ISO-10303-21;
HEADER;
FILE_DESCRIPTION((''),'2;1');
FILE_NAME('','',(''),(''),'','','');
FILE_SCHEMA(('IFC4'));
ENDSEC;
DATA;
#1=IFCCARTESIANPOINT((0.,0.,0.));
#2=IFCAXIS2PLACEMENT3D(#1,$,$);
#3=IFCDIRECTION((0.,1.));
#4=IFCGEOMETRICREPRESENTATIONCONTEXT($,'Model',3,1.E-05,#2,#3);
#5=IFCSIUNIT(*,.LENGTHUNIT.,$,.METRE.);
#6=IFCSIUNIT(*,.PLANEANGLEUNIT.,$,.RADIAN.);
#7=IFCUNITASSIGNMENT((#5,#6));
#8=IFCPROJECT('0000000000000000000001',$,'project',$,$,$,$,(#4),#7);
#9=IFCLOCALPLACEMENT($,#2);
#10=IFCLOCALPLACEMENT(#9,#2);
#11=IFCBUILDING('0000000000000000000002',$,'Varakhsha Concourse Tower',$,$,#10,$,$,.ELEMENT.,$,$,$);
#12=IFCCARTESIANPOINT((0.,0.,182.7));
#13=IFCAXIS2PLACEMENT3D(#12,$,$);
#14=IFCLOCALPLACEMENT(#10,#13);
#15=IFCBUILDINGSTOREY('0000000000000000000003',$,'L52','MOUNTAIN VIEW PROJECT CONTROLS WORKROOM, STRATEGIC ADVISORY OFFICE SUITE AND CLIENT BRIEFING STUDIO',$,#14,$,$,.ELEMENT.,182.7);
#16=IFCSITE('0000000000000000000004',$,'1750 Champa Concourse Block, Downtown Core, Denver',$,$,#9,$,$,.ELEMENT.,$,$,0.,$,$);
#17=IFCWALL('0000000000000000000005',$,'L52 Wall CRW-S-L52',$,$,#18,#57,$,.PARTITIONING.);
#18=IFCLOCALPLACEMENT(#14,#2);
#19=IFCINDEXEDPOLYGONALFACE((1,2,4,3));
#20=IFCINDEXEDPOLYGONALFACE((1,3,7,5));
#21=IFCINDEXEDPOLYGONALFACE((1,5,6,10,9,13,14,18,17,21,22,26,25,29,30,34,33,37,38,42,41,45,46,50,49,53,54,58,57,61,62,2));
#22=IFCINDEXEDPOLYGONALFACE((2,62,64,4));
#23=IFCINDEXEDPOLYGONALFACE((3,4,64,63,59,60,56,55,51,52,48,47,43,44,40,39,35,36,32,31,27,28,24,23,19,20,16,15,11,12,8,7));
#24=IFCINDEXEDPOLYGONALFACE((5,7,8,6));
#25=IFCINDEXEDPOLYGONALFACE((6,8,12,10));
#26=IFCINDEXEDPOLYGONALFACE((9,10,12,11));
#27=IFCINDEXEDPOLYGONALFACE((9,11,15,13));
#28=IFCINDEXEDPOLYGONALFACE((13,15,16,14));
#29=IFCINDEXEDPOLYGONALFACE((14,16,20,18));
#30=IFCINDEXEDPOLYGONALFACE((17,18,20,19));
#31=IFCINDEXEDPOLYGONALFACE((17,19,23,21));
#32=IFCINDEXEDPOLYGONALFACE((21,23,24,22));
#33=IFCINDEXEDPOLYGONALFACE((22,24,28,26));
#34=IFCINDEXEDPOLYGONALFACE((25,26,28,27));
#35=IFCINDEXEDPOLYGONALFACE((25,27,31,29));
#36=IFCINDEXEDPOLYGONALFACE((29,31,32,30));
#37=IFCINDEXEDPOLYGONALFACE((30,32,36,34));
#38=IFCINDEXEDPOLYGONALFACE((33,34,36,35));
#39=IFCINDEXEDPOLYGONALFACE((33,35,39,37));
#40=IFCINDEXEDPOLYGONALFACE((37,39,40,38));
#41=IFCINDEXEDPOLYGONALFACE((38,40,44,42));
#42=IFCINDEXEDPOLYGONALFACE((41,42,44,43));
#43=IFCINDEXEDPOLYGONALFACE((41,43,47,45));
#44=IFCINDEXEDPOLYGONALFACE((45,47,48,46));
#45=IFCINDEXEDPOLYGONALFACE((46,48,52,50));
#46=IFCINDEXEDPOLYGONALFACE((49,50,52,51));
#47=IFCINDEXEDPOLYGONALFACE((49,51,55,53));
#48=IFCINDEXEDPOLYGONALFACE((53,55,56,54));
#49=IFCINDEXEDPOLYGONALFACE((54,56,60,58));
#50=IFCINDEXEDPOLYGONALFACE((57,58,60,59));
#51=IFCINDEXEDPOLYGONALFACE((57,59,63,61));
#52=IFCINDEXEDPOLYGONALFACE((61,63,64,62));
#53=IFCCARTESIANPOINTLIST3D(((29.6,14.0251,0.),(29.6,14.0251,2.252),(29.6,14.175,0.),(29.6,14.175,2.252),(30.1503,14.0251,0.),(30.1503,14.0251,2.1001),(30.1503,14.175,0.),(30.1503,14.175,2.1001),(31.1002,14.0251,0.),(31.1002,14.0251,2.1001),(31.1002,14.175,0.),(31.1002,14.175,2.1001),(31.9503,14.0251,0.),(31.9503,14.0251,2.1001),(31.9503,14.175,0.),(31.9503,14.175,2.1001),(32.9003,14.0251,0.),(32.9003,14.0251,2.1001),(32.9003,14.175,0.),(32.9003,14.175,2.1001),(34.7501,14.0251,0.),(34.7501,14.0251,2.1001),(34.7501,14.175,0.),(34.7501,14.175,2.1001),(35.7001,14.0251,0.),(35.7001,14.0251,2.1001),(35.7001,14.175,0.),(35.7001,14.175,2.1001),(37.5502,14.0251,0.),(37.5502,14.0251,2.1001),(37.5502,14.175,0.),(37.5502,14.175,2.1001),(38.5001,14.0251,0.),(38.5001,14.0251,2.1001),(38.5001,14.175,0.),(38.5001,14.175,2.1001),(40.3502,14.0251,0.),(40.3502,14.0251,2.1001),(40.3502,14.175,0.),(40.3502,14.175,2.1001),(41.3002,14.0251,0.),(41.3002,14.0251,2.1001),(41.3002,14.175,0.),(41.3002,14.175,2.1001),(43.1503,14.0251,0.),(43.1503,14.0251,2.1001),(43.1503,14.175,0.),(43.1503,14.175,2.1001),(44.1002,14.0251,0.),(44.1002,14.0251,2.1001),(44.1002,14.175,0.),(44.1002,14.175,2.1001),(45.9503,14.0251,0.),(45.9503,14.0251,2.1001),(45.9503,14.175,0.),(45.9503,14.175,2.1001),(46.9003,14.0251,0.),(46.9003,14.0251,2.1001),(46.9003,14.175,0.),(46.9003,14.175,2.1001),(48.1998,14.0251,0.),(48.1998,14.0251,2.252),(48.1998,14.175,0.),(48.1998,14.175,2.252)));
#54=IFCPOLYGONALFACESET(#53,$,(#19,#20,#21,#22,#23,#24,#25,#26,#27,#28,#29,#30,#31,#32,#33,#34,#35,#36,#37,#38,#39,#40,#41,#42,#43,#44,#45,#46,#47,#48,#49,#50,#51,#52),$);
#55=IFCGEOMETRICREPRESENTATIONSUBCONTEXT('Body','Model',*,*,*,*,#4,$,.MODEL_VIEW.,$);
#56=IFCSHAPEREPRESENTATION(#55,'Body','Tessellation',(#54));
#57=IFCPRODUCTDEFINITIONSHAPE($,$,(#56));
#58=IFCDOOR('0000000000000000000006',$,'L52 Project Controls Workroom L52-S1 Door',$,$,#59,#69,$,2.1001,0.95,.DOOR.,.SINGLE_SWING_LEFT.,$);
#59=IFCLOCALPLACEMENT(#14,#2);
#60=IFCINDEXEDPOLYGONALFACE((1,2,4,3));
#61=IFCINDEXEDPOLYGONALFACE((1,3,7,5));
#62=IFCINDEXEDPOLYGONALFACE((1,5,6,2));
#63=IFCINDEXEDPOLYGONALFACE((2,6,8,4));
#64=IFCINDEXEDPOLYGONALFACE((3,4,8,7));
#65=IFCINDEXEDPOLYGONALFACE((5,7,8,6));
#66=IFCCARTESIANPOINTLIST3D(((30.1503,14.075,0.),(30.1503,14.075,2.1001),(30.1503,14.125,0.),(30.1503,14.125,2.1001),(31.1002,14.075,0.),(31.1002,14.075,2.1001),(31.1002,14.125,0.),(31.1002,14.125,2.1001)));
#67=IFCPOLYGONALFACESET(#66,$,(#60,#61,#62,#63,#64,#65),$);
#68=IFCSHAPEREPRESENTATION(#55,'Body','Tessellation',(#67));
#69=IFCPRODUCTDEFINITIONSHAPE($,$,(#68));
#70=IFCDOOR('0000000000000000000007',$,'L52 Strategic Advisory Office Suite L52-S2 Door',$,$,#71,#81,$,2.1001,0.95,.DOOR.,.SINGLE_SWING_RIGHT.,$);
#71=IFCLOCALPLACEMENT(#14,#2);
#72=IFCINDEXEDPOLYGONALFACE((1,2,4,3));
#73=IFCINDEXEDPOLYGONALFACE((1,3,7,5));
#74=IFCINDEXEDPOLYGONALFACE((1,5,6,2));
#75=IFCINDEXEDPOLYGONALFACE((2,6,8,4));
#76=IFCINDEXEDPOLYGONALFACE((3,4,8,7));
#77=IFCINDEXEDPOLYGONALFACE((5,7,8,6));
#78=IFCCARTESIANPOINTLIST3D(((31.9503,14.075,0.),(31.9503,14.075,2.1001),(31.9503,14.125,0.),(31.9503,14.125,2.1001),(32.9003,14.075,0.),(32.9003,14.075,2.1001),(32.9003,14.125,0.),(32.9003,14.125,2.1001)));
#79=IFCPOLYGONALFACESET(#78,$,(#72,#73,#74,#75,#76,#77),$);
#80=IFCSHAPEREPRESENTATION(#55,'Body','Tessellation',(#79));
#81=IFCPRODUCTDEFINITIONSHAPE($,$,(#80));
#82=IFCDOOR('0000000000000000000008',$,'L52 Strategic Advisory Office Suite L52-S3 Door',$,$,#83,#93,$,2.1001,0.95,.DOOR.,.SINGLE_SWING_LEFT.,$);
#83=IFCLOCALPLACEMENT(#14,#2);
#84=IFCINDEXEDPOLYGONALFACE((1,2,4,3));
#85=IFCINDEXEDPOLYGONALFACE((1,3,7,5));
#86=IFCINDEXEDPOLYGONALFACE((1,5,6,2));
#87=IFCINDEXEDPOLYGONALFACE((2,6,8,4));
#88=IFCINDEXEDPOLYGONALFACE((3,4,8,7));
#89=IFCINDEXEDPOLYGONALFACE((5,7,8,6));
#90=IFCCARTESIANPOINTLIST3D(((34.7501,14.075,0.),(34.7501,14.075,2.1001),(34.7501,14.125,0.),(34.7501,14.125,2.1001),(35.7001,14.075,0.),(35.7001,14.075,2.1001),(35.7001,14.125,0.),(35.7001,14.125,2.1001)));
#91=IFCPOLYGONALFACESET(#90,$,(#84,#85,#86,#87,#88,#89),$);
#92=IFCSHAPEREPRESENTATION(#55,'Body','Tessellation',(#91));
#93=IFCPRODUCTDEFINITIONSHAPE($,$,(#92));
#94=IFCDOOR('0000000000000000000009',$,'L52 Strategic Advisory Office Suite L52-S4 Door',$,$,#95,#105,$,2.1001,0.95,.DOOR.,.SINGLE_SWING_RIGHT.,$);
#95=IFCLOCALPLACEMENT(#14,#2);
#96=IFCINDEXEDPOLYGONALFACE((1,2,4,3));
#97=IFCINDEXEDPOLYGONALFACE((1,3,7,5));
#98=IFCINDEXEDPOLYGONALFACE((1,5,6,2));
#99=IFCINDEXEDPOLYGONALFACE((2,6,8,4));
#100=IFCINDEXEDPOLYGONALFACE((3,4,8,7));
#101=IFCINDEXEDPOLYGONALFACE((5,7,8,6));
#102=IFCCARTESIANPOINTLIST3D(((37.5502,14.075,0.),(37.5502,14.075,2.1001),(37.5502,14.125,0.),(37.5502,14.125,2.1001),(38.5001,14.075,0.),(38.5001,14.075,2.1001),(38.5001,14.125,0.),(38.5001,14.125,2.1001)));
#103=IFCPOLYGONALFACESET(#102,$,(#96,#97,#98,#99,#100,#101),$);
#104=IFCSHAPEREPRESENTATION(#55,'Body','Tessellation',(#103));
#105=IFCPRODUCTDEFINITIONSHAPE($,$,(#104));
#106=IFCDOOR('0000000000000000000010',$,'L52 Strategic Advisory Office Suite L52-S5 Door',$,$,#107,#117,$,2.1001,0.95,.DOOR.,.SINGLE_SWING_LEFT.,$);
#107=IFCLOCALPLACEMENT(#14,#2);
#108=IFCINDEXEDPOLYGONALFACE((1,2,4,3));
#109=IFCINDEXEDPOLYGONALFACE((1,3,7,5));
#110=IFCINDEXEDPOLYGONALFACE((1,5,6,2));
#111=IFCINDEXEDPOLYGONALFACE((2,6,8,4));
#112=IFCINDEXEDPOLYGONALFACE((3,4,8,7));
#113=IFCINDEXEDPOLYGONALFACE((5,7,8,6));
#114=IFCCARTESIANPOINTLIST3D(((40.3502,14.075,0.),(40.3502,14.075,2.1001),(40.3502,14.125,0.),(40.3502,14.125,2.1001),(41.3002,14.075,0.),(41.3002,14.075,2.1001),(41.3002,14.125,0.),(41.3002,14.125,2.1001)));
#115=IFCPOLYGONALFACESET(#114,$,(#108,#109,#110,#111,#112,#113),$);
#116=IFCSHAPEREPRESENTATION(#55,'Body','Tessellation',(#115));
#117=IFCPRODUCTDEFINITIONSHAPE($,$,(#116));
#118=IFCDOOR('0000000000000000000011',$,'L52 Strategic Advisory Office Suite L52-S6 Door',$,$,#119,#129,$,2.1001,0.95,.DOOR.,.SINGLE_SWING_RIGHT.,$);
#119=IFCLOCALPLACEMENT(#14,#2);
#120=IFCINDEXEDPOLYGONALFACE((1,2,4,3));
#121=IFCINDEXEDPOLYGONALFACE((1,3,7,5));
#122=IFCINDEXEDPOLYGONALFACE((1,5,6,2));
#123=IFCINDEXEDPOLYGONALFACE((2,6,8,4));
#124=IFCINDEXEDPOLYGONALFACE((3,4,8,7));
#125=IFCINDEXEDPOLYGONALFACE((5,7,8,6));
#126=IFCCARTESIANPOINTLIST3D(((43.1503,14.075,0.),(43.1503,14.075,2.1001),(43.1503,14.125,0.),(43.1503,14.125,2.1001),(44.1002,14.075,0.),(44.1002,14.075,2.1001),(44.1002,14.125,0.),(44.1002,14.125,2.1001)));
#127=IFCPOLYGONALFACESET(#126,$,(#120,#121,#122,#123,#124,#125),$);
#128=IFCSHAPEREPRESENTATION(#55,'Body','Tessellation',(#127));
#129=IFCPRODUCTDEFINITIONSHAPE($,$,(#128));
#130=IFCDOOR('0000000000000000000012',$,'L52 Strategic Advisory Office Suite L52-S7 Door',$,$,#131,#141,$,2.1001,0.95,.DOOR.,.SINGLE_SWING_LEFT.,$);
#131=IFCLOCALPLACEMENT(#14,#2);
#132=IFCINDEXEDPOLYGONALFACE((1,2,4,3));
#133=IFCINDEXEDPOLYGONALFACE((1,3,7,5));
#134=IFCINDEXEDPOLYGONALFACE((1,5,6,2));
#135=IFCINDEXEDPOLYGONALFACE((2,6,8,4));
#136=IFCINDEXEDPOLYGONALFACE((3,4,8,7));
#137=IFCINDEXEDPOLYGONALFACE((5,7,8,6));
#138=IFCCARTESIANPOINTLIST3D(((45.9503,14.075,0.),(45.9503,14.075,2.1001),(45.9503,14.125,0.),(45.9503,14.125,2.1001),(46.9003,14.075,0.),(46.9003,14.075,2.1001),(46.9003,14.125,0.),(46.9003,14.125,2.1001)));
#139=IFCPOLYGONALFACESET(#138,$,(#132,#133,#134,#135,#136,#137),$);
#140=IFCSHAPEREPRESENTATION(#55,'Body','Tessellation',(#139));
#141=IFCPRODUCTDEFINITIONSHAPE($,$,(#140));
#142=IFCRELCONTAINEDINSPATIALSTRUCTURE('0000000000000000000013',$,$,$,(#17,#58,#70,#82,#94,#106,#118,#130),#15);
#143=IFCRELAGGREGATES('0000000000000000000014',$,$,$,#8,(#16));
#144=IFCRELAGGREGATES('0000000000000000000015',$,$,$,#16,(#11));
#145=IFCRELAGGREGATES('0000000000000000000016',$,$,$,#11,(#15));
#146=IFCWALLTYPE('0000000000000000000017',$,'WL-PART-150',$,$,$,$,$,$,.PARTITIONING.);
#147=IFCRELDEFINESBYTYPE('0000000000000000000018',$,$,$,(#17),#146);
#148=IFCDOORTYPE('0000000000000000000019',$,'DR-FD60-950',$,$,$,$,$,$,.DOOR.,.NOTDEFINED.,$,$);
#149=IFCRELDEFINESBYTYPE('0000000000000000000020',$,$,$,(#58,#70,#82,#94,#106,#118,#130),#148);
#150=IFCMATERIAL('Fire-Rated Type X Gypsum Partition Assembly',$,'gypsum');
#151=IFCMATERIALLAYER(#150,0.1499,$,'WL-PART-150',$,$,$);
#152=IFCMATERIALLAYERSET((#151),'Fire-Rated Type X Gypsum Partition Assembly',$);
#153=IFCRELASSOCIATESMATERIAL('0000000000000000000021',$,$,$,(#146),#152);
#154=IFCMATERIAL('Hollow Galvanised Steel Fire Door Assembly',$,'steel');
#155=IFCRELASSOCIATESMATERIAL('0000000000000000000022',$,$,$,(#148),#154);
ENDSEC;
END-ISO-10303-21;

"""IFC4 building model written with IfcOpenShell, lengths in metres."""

from ifc_helpers import new_model, si_unit, direction, frame, frame_2d, origin, place, context, subcontext, project, spatial, rectangle, extrude, material, layer, layer_set, type_object, element, fill, save


model = new_model("IFC4")

# Units and contexts
model_context = context("Model", 3, precision=1e-05, world=origin(), true_north=direction((0.0, 1.0)))
body_context = subcontext(model_context, "Body", "Model", "MODEL_VIEW")
ifc_project = project(units=[si_unit("LENGTHUNIT", "METRE"), si_unit("PLANEANGLEUNIT", "RADIAN")], contexts=[model_context])

# Site, building, storey
site_placement = place(None, origin())
site = spatial("IfcSite", under=ifc_project, at=site_placement, Name="1750 Champa Concourse Block, Downtown Core, Denver", CompositionType="ELEMENT", RefElevation=0.0)
building_placement = place(site_placement, origin())
building = spatial("IfcBuilding", under=site, at=building_placement, Name="Varakhsha Concourse Tower", CompositionType="ELEMENT")
storey_placement = place(building_placement, frame((0.0, 0.0, 182.7)))
storey = spatial("IfcBuildingStorey", under=building, at=storey_placement, Name="L52", Description="MOUNTAIN VIEW PROJECT CONTROLS WORKROOM, STRATEGIC ADVISORY OFFICE SUITE AND CLIENT BRIEFING STUDIO", CompositionType="ELEMENT", Elevation=182.7)

# Wall, openings, doors
ifc_material_1 = material(Name="Fire-Rated Type X Gypsum Partition Assembly", Category="gypsum")
ifc_layer_1 = layer(ifc_material_1, 0.1499, Name="WL-PART-150")
ifc_layer_set_1 = layer_set([ifc_layer_1], Name="Fire-Rated Type X Gypsum Partition Assembly")
wall_type = type_object("IfcWallType", Name="WL-PART-150", PredefinedType="PARTITIONING", material=ifc_layer_set_1)
wall_1_placement = place(storey_placement, frame((29.6001, 14.1001, 0.0), z_axis=(0.0, 0.0, 1.0), x_axis=(1.0, 0.0, 0.0)))
wall_1 = element("IfcWall", 1, at=wall_1_placement, inside=storey, type_object=wall_type, Name="L52 Wall CRW-S-L52", PredefinedType="PARTITIONING", context=body_context, shape_type="SweptSolid", body=[
    extrude(rectangle(XDim=18.5999, YDim=0.1499, at=frame_2d((9.2998, 0.0))), origin(), (0.0, 0.0, 1.0), 2.252),
])
opening_1_placement = place(wall_1_placement, frame((0.55, 0.0, 0.0)))
opening_1 = element("IfcOpeningElement", 2, at=opening_1_placement, cuts=wall_1, PredefinedType="OPENING", context=body_context, shape_type="SweptSolid", body=[
    extrude(rectangle(XDim=0.95, YDim=2.1001, at=frame_2d((0.4751, 1.05))), frame((0.0, 0.085, 0.0), z_axis=(0.0, -1.0, 0.0), x_axis=(1.0, 0.0, 0.0)), (0.0, 0.0, 1.0), 0.1699),
])
opening_2_placement = place(wall_1_placement, frame((2.3501, 0.0, 0.0)))
opening_2 = element("IfcOpeningElement", 3, at=opening_2_placement, cuts=wall_1, PredefinedType="OPENING", context=body_context, shape_type="SweptSolid", body=[
    extrude(rectangle(XDim=0.95, YDim=2.1001, at=frame_2d((0.4751, 1.05))), frame((0.0, 0.085, 0.0), z_axis=(0.0, -1.0, 0.0), x_axis=(1.0, 0.0, 0.0)), (0.0, 0.0, 1.0), 0.1699),
])
opening_3_placement = place(wall_1_placement, frame((5.1499, 0.0, 0.0)))
opening_3 = element("IfcOpeningElement", 4, at=opening_3_placement, cuts=wall_1, PredefinedType="OPENING", context=body_context, shape_type="SweptSolid", body=[
    extrude(rectangle(XDim=0.95, YDim=2.1001, at=frame_2d((0.4751, 1.05))), frame((0.0, 0.085, 0.0), z_axis=(0.0, -1.0, 0.0), x_axis=(1.0, 0.0, 0.0)), (0.0, 0.0, 1.0), 0.1699),
])
opening_4_placement = place(wall_1_placement, frame((7.95, 0.0, 0.0)))
opening_4 = element("IfcOpeningElement", 5, at=opening_4_placement, cuts=wall_1, PredefinedType="OPENING", context=body_context, shape_type="SweptSolid", body=[
    extrude(rectangle(XDim=0.95, YDim=2.1001, at=frame_2d((0.4751, 1.05))), frame((0.0, 0.085, 0.0), z_axis=(0.0, -1.0, 0.0), x_axis=(1.0, 0.0, 0.0)), (0.0, 0.0, 1.0), 0.1699),
])
opening_5_placement = place(wall_1_placement, frame((10.75, 0.0, 0.0)))
opening_5 = element("IfcOpeningElement", 6, at=opening_5_placement, cuts=wall_1, PredefinedType="OPENING", context=body_context, shape_type="SweptSolid", body=[
    extrude(rectangle(XDim=0.95, YDim=2.1001, at=frame_2d((0.4751, 1.05))), frame((0.0, 0.085, 0.0), z_axis=(0.0, -1.0, 0.0), x_axis=(1.0, 0.0, 0.0)), (0.0, 0.0, 1.0), 0.1699),
])
opening_6_placement = place(wall_1_placement, frame((13.55, 0.0, 0.0)))
opening_6 = element("IfcOpeningElement", 7, at=opening_6_placement, cuts=wall_1, PredefinedType="OPENING", context=body_context, shape_type="SweptSolid", body=[
    extrude(rectangle(XDim=0.95, YDim=2.1001, at=frame_2d((0.4751, 1.05))), frame((0.0, 0.085, 0.0), z_axis=(0.0, -1.0, 0.0), x_axis=(1.0, 0.0, 0.0)), (0.0, 0.0, 1.0), 0.1699),
])
opening_7_placement = place(wall_1_placement, frame((16.3501, 0.0, 0.0)))
opening_7 = element("IfcOpeningElement", 8, at=opening_7_placement, cuts=wall_1, PredefinedType="OPENING", context=body_context, shape_type="SweptSolid", body=[
    extrude(rectangle(XDim=0.95, YDim=2.1001, at=frame_2d((0.4751, 1.05))), frame((0.0, 0.085, 0.0), z_axis=(0.0, -1.0, 0.0), x_axis=(1.0, 0.0, 0.0)), (0.0, 0.0, 1.0), 0.1699),
])
ifc_material_2 = material(Name="Hollow Galvanised Steel Fire Door Assembly", Category="steel")
door_type_1 = type_object("IfcDoorType", Name="DR-FD60-950", OperationType="NOTDEFINED", PredefinedType="DOOR", material=ifc_material_2)
door_1_placement = place(opening_1_placement, origin())
door_1 = element("IfcDoor", 9, at=door_1_placement, inside=storey, type_object=door_type_1, Name="L52 Project Controls Workroom L52-S1 Door", OperationType="SINGLE_SWING_LEFT", OverallHeight=2.1001, OverallWidth=0.95, PredefinedType="DOOR", context=body_context, shape_type="SweptSolid", body=[
    extrude(rectangle(XDim=0.95, YDim=2.1001, at=frame_2d((0.4751, 1.05))), frame((0.0, 0.0249, 0.0), z_axis=(0.0, -1.0, 0.0), x_axis=(1.0, 0.0, 0.0)), (0.0, 0.0, 1.0), 0.05),
])
fill(opening_1, door_1)
door_2_placement = place(opening_2_placement, origin())
door_2 = element("IfcDoor", 10, at=door_2_placement, inside=storey, type_object=door_type_1, Name="L52 Strategic Advisory Office Suite L52-S2 Door", OperationType="SINGLE_SWING_RIGHT", OverallHeight=2.1001, OverallWidth=0.95, PredefinedType="DOOR", context=body_context, shape_type="SweptSolid", body=[
    extrude(rectangle(XDim=0.95, YDim=2.1001, at=frame_2d((0.4751, 1.05))), frame((0.0, 0.0249, 0.0), z_axis=(0.0, -1.0, 0.0), x_axis=(1.0, 0.0, 0.0)), (0.0, 0.0, 1.0), 0.05),
])
fill(opening_2, door_2)
door_3_placement = place(opening_3_placement, origin())
door_3 = element("IfcDoor", 11, at=door_3_placement, inside=storey, type_object=door_type_1, Name="L52 Strategic Advisory Office Suite L52-S3 Door", OperationType="SINGLE_SWING_LEFT", OverallHeight=2.1001, OverallWidth=0.95, PredefinedType="DOOR", context=body_context, shape_type="SweptSolid", body=[
    extrude(rectangle(XDim=0.95, YDim=2.1001, at=frame_2d((0.4751, 1.05))), frame((0.0, 0.0249, 0.0), z_axis=(0.0, -1.0, 0.0), x_axis=(1.0, 0.0, 0.0)), (0.0, 0.0, 1.0), 0.05),
])
fill(opening_3, door_3)
door_4_placement = place(opening_4_placement, origin())
door_4 = element("IfcDoor", 12, at=door_4_placement, inside=storey, type_object=door_type_1, Name="L52 Strategic Advisory Office Suite L52-S4 Door", OperationType="SINGLE_SWING_RIGHT", OverallHeight=2.1001, OverallWidth=0.95, PredefinedType="DOOR", context=body_context, shape_type="SweptSolid", body=[
    extrude(rectangle(XDim=0.95, YDim=2.1001, at=frame_2d((0.4751, 1.05))), frame((0.0, 0.0249, 0.0), z_axis=(0.0, -1.0, 0.0), x_axis=(1.0, 0.0, 0.0)), (0.0, 0.0, 1.0), 0.05),
])
fill(opening_4, door_4)
door_5_placement = place(opening_5_placement, origin())
door_5 = element("IfcDoor", 13, at=door_5_placement, inside=storey, type_object=door_type_1, Name="L52 Strategic Advisory Office Suite L52-S5 Door", OperationType="SINGLE_SWING_LEFT", OverallHeight=2.1001, OverallWidth=0.95, PredefinedType="DOOR", context=body_context, shape_type="SweptSolid", body=[
    extrude(rectangle(XDim=0.95, YDim=2.1001, at=frame_2d((0.4751, 1.05))), frame((0.0, 0.0249, 0.0), z_axis=(0.0, -1.0, 0.0), x_axis=(1.0, 0.0, 0.0)), (0.0, 0.0, 1.0), 0.05),
])
fill(opening_5, door_5)
door_6_placement = place(opening_6_placement, origin())
door_6 = element("IfcDoor", 14, at=door_6_placement, inside=storey, type_object=door_type_1, Name="L52 Strategic Advisory Office Suite L52-S6 Door", OperationType="SINGLE_SWING_RIGHT", OverallHeight=2.1001, OverallWidth=0.95, PredefinedType="DOOR", context=body_context, shape_type="SweptSolid", body=[
    extrude(rectangle(XDim=0.95, YDim=2.1001, at=frame_2d((0.4751, 1.05))), frame((0.0, 0.0249, 0.0), z_axis=(0.0, -1.0, 0.0), x_axis=(1.0, 0.0, 0.0)), (0.0, 0.0, 1.0), 0.05),
])
fill(opening_6, door_6)
door_7_placement = place(opening_7_placement, origin())
door_7 = element("IfcDoor", 15, at=door_7_placement, inside=storey, type_object=door_type_1, Name="L52 Strategic Advisory Office Suite L52-S7 Door", OperationType="SINGLE_SWING_LEFT", OverallHeight=2.1001, OverallWidth=0.95, PredefinedType="DOOR", context=body_context, shape_type="SweptSolid", body=[
    extrude(rectangle(XDim=0.95, YDim=2.1001, at=frame_2d((0.4751, 1.05))), frame((0.0, 0.0249, 0.0), z_axis=(0.0, -1.0, 0.0), x_axis=(1.0, 0.0, 0.0)), (0.0, 0.0, 1.0), 0.05),
])
fill(opening_7, door_7)

save(model, "model.ifc")
